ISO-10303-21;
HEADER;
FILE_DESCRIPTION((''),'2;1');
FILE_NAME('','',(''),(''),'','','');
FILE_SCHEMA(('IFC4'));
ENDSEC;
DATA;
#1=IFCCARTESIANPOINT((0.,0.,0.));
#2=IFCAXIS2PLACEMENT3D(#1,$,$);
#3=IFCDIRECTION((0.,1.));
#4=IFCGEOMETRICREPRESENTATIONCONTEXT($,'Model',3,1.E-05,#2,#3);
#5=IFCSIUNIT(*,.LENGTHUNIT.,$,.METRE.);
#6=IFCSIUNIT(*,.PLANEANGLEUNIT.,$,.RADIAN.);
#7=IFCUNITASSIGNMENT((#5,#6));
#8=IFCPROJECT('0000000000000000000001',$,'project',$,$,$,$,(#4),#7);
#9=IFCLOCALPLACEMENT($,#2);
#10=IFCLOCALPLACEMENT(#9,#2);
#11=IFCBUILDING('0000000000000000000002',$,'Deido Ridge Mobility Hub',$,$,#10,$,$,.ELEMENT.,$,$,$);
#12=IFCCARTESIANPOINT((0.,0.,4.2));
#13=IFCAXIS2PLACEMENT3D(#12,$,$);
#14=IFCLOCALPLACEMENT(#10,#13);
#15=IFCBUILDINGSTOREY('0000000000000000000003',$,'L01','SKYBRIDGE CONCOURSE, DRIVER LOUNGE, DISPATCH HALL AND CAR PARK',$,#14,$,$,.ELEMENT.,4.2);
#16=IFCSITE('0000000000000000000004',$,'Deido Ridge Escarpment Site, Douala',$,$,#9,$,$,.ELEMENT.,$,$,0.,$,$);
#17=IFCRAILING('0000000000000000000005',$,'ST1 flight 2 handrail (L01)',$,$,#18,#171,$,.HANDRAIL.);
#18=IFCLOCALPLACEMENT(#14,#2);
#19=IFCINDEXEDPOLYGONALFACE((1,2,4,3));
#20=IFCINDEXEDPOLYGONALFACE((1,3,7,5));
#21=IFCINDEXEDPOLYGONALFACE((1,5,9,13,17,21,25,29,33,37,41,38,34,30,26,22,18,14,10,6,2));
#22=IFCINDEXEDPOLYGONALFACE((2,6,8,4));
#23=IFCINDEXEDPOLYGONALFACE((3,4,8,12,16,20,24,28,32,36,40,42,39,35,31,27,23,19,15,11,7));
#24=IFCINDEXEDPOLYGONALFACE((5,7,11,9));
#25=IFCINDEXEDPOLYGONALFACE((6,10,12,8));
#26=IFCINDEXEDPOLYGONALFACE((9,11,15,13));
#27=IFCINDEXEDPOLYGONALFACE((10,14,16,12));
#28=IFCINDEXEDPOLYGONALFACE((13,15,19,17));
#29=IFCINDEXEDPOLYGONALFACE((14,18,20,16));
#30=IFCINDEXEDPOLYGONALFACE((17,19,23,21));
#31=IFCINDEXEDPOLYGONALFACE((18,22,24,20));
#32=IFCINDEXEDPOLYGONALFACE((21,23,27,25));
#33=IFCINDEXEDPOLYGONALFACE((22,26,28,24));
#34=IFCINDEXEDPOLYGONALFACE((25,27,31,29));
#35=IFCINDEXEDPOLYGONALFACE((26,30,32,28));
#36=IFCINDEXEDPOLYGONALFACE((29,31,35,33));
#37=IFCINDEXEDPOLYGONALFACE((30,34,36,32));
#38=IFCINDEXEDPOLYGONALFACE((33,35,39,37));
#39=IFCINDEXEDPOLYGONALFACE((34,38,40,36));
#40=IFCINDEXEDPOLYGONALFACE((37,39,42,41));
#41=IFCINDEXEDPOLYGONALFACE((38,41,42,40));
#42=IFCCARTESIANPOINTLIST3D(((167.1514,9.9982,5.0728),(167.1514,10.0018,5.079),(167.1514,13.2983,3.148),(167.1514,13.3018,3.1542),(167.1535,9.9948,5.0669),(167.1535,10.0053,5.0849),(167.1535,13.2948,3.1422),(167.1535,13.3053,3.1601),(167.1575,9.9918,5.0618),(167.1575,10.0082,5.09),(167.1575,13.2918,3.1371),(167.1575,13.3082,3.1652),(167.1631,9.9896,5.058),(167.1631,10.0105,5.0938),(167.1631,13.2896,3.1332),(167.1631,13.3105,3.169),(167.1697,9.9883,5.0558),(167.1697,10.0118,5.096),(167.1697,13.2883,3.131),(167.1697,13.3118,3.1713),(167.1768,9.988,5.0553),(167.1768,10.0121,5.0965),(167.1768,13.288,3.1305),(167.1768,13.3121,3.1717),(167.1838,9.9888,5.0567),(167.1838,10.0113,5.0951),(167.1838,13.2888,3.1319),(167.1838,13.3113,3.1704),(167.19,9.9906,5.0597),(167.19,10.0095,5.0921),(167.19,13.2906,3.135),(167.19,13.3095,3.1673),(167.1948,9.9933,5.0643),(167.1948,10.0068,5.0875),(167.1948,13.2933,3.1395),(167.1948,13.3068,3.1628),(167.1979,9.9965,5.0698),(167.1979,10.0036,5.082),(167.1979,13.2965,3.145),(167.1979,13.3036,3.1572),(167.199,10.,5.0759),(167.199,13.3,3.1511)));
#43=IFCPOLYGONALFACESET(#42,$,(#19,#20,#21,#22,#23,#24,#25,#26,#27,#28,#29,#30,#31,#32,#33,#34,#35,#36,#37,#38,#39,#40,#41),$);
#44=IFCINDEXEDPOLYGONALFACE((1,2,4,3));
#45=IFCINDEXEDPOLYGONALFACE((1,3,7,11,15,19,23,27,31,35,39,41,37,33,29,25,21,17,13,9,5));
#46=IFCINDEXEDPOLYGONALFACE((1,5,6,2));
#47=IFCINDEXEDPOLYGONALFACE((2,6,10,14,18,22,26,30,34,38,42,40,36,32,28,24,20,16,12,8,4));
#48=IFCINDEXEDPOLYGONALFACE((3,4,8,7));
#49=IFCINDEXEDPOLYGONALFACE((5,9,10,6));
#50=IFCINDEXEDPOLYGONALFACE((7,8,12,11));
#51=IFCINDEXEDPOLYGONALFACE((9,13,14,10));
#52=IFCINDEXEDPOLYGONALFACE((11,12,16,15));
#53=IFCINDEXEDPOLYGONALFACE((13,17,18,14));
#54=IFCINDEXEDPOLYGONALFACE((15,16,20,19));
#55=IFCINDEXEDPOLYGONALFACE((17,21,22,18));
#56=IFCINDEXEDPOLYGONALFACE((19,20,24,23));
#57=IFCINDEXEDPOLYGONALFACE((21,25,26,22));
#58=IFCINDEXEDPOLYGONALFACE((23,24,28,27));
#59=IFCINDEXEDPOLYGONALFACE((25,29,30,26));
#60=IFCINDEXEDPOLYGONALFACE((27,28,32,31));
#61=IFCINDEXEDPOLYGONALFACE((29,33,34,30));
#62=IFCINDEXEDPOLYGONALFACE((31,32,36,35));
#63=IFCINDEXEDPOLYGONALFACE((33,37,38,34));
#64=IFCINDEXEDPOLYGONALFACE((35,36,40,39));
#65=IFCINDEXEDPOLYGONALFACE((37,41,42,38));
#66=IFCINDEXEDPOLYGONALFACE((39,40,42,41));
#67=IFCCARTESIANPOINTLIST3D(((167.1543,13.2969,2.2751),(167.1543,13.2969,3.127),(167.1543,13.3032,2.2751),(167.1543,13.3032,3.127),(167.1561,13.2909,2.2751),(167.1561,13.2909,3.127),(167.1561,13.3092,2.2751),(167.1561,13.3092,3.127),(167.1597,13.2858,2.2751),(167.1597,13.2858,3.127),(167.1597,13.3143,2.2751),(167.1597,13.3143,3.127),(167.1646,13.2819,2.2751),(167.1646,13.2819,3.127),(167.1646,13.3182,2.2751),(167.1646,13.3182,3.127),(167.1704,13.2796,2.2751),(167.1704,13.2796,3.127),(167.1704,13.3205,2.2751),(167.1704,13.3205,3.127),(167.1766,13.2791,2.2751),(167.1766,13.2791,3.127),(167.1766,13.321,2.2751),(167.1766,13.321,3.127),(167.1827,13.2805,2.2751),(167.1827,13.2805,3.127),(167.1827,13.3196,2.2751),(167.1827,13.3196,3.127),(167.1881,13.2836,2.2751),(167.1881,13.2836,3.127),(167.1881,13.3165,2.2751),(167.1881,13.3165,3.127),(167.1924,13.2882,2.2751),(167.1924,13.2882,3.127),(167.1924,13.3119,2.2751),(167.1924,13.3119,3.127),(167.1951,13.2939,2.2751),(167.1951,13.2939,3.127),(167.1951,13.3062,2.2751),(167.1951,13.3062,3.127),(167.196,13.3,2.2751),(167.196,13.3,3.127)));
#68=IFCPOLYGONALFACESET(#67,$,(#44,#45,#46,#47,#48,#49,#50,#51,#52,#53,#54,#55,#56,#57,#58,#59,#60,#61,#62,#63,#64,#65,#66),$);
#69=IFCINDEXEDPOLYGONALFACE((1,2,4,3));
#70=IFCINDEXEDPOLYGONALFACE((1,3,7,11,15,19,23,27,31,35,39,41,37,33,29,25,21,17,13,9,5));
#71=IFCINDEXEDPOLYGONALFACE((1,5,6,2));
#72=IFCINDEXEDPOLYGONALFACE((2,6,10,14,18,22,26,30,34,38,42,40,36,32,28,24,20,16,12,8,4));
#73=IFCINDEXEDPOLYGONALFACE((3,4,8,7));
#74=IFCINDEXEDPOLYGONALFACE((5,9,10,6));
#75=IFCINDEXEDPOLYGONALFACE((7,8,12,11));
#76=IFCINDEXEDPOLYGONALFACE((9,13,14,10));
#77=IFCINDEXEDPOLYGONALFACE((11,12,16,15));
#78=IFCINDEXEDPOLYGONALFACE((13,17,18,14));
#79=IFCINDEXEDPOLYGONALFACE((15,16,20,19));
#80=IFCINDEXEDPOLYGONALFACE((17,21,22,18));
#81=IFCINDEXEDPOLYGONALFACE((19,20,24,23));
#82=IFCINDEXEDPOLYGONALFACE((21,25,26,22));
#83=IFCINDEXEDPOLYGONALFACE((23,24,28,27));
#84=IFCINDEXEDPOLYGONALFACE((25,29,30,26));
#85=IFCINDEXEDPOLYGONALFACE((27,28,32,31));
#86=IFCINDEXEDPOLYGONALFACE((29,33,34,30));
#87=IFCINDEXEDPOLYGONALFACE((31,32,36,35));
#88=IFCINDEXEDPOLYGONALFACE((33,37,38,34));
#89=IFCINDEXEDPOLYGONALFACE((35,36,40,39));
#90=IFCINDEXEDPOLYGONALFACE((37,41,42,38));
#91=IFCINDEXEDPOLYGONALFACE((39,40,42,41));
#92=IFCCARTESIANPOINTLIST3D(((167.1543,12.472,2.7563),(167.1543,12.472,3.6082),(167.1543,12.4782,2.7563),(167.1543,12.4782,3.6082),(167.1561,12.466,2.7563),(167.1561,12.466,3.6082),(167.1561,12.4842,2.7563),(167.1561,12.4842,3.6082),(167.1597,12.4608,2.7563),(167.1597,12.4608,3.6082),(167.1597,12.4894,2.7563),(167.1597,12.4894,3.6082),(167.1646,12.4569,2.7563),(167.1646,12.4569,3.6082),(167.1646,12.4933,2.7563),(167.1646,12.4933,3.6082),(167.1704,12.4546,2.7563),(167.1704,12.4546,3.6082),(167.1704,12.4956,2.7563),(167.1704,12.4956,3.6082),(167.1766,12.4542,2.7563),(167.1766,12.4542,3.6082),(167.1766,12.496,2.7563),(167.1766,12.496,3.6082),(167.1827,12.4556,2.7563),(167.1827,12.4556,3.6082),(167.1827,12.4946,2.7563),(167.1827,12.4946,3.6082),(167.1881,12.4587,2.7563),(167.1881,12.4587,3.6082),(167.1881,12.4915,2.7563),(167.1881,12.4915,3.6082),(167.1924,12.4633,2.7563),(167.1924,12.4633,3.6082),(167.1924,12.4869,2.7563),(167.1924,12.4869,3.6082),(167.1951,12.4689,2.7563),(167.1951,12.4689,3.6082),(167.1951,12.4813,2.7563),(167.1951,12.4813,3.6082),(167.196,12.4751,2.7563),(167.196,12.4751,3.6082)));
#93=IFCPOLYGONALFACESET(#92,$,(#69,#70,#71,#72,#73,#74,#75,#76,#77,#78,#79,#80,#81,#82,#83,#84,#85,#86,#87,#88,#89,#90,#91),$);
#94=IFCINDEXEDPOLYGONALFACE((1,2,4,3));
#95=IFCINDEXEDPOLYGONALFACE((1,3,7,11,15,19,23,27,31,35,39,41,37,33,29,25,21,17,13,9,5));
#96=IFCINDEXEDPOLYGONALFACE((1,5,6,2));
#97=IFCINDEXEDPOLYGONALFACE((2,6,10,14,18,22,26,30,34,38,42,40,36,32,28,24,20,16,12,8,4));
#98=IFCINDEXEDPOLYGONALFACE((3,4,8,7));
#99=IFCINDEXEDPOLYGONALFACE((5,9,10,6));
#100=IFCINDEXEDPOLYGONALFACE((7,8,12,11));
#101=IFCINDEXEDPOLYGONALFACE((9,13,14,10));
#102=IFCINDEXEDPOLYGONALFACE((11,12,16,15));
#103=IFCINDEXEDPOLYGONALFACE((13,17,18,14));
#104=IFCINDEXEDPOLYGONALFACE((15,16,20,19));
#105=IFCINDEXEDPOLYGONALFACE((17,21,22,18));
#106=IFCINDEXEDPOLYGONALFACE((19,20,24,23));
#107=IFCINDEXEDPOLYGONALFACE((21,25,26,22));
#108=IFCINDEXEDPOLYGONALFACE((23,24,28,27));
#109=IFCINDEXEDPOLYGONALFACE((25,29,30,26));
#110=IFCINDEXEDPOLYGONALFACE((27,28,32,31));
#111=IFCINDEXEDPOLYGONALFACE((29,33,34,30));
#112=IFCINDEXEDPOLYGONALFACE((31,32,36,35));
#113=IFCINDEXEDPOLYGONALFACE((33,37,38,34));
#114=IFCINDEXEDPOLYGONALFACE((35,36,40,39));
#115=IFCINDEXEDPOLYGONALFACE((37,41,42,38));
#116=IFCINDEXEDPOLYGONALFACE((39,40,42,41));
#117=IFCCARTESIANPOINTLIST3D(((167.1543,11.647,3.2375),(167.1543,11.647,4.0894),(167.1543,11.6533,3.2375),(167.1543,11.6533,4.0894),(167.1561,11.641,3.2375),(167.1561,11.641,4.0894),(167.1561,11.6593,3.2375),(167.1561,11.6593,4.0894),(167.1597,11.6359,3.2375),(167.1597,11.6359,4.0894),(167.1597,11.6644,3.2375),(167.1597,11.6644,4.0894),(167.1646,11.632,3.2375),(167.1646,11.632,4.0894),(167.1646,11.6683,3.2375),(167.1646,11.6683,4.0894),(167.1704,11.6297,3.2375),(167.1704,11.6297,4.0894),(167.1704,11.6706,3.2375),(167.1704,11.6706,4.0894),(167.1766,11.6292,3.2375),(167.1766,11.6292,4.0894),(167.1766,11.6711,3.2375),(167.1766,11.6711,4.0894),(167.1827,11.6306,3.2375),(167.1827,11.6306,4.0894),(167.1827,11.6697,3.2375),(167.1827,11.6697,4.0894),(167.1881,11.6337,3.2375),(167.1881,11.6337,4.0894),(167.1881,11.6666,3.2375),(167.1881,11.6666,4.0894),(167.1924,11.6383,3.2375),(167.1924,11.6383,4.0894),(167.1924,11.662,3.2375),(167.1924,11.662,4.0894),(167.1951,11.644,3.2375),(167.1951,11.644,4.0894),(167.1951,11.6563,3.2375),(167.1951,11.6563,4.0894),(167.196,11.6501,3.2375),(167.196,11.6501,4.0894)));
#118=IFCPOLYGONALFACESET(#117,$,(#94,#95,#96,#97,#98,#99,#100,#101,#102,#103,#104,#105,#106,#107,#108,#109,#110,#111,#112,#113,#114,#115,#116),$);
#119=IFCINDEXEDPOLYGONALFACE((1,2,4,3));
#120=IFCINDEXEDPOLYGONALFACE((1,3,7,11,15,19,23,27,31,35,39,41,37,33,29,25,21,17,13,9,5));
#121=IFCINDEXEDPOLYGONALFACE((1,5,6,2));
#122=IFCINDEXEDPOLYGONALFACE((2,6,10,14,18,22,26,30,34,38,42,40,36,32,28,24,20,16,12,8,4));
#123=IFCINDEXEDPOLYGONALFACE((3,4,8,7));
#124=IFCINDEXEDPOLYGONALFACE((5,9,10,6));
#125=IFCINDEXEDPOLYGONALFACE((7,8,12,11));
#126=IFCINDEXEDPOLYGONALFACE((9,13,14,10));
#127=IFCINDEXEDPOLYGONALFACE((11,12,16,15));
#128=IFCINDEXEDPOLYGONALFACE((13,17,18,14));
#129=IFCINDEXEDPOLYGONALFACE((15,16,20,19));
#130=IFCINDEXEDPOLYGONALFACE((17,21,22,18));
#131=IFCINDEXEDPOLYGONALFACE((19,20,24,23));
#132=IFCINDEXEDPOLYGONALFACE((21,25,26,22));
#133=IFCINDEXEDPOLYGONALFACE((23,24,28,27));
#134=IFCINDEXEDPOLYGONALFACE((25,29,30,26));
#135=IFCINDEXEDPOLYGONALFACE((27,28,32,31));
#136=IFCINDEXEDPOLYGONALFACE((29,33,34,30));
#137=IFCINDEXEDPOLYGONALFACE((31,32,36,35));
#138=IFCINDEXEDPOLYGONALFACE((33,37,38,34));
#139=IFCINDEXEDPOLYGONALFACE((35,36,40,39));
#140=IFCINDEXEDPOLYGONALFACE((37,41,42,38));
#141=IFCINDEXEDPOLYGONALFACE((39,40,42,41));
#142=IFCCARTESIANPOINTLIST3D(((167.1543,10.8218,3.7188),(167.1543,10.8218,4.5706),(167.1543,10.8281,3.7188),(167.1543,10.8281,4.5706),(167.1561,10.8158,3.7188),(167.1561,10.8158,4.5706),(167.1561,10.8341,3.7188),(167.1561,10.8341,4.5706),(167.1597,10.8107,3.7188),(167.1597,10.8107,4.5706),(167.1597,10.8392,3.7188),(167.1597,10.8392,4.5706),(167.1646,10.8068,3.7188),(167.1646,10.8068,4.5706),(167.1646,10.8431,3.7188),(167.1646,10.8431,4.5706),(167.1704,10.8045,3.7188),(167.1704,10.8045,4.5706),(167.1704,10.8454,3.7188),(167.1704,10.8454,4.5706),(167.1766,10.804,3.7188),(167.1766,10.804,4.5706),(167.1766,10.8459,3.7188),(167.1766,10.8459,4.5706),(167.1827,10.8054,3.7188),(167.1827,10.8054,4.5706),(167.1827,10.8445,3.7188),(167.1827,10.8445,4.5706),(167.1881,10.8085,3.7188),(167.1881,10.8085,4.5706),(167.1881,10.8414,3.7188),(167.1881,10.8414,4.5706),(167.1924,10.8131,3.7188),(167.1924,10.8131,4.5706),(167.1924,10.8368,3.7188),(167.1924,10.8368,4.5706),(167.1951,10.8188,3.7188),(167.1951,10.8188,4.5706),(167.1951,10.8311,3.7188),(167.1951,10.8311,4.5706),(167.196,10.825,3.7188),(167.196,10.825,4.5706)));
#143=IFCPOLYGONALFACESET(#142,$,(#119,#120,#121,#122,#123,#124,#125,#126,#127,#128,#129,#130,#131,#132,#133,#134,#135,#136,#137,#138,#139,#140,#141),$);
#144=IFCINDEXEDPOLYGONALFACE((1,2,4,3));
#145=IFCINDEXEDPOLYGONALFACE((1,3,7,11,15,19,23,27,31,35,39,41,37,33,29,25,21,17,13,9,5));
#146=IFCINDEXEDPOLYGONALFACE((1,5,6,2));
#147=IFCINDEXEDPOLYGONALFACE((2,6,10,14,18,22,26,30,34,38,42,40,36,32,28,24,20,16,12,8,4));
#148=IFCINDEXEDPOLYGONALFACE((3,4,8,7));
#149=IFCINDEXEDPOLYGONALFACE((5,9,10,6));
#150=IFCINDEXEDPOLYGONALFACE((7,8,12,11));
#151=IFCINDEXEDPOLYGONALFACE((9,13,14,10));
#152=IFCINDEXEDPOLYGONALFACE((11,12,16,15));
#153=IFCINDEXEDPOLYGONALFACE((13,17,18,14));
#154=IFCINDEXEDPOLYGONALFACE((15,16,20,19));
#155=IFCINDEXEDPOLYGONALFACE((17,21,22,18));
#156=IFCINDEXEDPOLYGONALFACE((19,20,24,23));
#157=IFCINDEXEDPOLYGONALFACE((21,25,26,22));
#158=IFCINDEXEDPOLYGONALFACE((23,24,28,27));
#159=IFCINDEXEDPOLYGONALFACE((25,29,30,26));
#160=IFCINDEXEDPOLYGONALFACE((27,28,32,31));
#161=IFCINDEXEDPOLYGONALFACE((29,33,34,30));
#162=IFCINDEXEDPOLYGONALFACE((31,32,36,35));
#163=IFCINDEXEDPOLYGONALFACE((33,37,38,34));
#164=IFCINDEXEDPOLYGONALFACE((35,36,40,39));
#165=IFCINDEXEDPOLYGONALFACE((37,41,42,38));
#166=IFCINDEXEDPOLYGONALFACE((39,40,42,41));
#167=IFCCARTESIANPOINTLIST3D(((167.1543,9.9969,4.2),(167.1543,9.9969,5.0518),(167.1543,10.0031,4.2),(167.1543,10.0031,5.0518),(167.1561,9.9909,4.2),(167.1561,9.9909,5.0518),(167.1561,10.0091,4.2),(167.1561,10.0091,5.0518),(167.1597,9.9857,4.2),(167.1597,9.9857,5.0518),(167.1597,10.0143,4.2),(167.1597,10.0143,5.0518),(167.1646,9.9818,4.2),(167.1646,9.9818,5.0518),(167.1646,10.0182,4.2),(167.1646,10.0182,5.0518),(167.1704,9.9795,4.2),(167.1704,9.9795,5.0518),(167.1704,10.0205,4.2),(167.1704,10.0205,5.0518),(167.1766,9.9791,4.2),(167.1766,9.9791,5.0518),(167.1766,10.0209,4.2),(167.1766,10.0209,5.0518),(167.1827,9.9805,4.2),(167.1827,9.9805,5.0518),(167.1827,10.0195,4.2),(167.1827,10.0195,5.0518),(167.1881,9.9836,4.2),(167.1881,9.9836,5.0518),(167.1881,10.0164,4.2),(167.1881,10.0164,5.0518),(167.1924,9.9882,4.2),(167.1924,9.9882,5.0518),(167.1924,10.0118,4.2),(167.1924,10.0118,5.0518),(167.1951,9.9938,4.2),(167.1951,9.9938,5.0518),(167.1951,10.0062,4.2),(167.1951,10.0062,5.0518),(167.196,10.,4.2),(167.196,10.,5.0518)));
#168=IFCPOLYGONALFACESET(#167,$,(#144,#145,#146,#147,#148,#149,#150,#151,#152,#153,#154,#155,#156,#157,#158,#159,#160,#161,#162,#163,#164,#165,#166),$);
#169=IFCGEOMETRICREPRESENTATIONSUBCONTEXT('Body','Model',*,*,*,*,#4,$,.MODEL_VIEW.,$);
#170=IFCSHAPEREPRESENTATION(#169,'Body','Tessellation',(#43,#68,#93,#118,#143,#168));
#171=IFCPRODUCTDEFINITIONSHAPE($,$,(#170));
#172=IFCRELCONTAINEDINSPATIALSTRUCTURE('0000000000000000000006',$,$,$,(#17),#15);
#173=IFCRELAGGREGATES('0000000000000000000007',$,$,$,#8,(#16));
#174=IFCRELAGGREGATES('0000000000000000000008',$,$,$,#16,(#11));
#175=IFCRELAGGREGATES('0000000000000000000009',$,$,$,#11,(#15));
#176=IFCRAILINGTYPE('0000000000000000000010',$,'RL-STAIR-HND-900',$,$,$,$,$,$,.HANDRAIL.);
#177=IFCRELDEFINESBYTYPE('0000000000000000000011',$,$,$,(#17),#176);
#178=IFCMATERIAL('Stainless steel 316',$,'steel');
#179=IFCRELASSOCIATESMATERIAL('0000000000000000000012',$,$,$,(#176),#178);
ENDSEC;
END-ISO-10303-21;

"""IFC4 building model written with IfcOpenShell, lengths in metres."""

from ifc_helpers import new_model, si_unit, direction, frame, origin, origin_2d, place, context, subcontext, project, spatial, circle, extrude, material, type_object, element, save


model = new_model("IFC4")

# Units and contexts
model_context = context("Model", 3, precision=1e-05, world=origin(), true_north=direction((0.0, 1.0)))
body_context = subcontext(model_context, "Body", "Model", "MODEL_VIEW")
ifc_project = project(units=[si_unit("LENGTHUNIT", "METRE"), si_unit("PLANEANGLEUNIT", "RADIAN")], contexts=[model_context])

# Site, building, storey
site_placement = place(None, origin())
site = spatial("IfcSite", under=ifc_project, at=site_placement, Name="Deido Ridge Escarpment Site, Douala", CompositionType="ELEMENT", RefElevation=0.0)
building_placement = place(site_placement, origin())
building = spatial("IfcBuilding", under=site, at=building_placement, Name="Deido Ridge Mobility Hub", CompositionType="ELEMENT")
storey_placement = place(building_placement, frame((0.0, 0.0, 4.2)))
storey = spatial("IfcBuildingStorey", under=building, at=storey_placement, Name="L01", Description="SKYBRIDGE CONCOURSE, DRIVER LOUNGE, DISPATCH HALL AND CAR PARK", CompositionType="ELEMENT", Elevation=4.2)

# Shared definitions
ifc_material_1 = material(Name="Stainless steel 316", Category="steel")

# Railing
railing_type = type_object("IfcRailingType", Name="RL-STAIR-HND-900", PredefinedType="HANDRAIL", material=ifc_material_1)
railing_placement = place(storey_placement, frame((167.175, 13.3, 2.2751)))
element("IfcRailing", 1, at=railing_placement, inside=storey, type_object=railing_type, Name="ST1 flight 2 handrail (L01)", PredefinedType="HANDRAIL", context=body_context, shape_type="SweptSolid", body=[
    extrude(circle(Radius=0.0239, at=origin_2d()), frame((0.0, 0.0, 0.876), z_axis=(0.0, -0.863804, 0.503827), x_axis=(1.0, 0.0, 0.0)), (0.0, 0.0, 1.0), 3.8203),
    extrude(circle(Radius=0.021, at=origin_2d()), origin(), (0.0, 0.0, 1.0), 0.8518),
    extrude(circle(Radius=0.021, at=origin_2d()), frame((0.0, -0.825, 0.4812)), (0.0, 0.0, 1.0), 0.8518),
    extrude(circle(Radius=0.021, at=origin_2d()), frame((0.0, -1.6499, 0.9624)), (0.0, 0.0, 1.0), 0.8518),
    extrude(circle(Radius=0.021, at=origin_2d()), frame((0.0, -2.4751, 1.4436)), (0.0, 0.0, 1.0), 0.8518),
    extrude(circle(Radius=0.021, at=origin_2d()), frame((0.0, -3.3, 1.9248)), (0.0, 0.0, 1.0), 0.8518),
])

save(model, "model.ifc")
